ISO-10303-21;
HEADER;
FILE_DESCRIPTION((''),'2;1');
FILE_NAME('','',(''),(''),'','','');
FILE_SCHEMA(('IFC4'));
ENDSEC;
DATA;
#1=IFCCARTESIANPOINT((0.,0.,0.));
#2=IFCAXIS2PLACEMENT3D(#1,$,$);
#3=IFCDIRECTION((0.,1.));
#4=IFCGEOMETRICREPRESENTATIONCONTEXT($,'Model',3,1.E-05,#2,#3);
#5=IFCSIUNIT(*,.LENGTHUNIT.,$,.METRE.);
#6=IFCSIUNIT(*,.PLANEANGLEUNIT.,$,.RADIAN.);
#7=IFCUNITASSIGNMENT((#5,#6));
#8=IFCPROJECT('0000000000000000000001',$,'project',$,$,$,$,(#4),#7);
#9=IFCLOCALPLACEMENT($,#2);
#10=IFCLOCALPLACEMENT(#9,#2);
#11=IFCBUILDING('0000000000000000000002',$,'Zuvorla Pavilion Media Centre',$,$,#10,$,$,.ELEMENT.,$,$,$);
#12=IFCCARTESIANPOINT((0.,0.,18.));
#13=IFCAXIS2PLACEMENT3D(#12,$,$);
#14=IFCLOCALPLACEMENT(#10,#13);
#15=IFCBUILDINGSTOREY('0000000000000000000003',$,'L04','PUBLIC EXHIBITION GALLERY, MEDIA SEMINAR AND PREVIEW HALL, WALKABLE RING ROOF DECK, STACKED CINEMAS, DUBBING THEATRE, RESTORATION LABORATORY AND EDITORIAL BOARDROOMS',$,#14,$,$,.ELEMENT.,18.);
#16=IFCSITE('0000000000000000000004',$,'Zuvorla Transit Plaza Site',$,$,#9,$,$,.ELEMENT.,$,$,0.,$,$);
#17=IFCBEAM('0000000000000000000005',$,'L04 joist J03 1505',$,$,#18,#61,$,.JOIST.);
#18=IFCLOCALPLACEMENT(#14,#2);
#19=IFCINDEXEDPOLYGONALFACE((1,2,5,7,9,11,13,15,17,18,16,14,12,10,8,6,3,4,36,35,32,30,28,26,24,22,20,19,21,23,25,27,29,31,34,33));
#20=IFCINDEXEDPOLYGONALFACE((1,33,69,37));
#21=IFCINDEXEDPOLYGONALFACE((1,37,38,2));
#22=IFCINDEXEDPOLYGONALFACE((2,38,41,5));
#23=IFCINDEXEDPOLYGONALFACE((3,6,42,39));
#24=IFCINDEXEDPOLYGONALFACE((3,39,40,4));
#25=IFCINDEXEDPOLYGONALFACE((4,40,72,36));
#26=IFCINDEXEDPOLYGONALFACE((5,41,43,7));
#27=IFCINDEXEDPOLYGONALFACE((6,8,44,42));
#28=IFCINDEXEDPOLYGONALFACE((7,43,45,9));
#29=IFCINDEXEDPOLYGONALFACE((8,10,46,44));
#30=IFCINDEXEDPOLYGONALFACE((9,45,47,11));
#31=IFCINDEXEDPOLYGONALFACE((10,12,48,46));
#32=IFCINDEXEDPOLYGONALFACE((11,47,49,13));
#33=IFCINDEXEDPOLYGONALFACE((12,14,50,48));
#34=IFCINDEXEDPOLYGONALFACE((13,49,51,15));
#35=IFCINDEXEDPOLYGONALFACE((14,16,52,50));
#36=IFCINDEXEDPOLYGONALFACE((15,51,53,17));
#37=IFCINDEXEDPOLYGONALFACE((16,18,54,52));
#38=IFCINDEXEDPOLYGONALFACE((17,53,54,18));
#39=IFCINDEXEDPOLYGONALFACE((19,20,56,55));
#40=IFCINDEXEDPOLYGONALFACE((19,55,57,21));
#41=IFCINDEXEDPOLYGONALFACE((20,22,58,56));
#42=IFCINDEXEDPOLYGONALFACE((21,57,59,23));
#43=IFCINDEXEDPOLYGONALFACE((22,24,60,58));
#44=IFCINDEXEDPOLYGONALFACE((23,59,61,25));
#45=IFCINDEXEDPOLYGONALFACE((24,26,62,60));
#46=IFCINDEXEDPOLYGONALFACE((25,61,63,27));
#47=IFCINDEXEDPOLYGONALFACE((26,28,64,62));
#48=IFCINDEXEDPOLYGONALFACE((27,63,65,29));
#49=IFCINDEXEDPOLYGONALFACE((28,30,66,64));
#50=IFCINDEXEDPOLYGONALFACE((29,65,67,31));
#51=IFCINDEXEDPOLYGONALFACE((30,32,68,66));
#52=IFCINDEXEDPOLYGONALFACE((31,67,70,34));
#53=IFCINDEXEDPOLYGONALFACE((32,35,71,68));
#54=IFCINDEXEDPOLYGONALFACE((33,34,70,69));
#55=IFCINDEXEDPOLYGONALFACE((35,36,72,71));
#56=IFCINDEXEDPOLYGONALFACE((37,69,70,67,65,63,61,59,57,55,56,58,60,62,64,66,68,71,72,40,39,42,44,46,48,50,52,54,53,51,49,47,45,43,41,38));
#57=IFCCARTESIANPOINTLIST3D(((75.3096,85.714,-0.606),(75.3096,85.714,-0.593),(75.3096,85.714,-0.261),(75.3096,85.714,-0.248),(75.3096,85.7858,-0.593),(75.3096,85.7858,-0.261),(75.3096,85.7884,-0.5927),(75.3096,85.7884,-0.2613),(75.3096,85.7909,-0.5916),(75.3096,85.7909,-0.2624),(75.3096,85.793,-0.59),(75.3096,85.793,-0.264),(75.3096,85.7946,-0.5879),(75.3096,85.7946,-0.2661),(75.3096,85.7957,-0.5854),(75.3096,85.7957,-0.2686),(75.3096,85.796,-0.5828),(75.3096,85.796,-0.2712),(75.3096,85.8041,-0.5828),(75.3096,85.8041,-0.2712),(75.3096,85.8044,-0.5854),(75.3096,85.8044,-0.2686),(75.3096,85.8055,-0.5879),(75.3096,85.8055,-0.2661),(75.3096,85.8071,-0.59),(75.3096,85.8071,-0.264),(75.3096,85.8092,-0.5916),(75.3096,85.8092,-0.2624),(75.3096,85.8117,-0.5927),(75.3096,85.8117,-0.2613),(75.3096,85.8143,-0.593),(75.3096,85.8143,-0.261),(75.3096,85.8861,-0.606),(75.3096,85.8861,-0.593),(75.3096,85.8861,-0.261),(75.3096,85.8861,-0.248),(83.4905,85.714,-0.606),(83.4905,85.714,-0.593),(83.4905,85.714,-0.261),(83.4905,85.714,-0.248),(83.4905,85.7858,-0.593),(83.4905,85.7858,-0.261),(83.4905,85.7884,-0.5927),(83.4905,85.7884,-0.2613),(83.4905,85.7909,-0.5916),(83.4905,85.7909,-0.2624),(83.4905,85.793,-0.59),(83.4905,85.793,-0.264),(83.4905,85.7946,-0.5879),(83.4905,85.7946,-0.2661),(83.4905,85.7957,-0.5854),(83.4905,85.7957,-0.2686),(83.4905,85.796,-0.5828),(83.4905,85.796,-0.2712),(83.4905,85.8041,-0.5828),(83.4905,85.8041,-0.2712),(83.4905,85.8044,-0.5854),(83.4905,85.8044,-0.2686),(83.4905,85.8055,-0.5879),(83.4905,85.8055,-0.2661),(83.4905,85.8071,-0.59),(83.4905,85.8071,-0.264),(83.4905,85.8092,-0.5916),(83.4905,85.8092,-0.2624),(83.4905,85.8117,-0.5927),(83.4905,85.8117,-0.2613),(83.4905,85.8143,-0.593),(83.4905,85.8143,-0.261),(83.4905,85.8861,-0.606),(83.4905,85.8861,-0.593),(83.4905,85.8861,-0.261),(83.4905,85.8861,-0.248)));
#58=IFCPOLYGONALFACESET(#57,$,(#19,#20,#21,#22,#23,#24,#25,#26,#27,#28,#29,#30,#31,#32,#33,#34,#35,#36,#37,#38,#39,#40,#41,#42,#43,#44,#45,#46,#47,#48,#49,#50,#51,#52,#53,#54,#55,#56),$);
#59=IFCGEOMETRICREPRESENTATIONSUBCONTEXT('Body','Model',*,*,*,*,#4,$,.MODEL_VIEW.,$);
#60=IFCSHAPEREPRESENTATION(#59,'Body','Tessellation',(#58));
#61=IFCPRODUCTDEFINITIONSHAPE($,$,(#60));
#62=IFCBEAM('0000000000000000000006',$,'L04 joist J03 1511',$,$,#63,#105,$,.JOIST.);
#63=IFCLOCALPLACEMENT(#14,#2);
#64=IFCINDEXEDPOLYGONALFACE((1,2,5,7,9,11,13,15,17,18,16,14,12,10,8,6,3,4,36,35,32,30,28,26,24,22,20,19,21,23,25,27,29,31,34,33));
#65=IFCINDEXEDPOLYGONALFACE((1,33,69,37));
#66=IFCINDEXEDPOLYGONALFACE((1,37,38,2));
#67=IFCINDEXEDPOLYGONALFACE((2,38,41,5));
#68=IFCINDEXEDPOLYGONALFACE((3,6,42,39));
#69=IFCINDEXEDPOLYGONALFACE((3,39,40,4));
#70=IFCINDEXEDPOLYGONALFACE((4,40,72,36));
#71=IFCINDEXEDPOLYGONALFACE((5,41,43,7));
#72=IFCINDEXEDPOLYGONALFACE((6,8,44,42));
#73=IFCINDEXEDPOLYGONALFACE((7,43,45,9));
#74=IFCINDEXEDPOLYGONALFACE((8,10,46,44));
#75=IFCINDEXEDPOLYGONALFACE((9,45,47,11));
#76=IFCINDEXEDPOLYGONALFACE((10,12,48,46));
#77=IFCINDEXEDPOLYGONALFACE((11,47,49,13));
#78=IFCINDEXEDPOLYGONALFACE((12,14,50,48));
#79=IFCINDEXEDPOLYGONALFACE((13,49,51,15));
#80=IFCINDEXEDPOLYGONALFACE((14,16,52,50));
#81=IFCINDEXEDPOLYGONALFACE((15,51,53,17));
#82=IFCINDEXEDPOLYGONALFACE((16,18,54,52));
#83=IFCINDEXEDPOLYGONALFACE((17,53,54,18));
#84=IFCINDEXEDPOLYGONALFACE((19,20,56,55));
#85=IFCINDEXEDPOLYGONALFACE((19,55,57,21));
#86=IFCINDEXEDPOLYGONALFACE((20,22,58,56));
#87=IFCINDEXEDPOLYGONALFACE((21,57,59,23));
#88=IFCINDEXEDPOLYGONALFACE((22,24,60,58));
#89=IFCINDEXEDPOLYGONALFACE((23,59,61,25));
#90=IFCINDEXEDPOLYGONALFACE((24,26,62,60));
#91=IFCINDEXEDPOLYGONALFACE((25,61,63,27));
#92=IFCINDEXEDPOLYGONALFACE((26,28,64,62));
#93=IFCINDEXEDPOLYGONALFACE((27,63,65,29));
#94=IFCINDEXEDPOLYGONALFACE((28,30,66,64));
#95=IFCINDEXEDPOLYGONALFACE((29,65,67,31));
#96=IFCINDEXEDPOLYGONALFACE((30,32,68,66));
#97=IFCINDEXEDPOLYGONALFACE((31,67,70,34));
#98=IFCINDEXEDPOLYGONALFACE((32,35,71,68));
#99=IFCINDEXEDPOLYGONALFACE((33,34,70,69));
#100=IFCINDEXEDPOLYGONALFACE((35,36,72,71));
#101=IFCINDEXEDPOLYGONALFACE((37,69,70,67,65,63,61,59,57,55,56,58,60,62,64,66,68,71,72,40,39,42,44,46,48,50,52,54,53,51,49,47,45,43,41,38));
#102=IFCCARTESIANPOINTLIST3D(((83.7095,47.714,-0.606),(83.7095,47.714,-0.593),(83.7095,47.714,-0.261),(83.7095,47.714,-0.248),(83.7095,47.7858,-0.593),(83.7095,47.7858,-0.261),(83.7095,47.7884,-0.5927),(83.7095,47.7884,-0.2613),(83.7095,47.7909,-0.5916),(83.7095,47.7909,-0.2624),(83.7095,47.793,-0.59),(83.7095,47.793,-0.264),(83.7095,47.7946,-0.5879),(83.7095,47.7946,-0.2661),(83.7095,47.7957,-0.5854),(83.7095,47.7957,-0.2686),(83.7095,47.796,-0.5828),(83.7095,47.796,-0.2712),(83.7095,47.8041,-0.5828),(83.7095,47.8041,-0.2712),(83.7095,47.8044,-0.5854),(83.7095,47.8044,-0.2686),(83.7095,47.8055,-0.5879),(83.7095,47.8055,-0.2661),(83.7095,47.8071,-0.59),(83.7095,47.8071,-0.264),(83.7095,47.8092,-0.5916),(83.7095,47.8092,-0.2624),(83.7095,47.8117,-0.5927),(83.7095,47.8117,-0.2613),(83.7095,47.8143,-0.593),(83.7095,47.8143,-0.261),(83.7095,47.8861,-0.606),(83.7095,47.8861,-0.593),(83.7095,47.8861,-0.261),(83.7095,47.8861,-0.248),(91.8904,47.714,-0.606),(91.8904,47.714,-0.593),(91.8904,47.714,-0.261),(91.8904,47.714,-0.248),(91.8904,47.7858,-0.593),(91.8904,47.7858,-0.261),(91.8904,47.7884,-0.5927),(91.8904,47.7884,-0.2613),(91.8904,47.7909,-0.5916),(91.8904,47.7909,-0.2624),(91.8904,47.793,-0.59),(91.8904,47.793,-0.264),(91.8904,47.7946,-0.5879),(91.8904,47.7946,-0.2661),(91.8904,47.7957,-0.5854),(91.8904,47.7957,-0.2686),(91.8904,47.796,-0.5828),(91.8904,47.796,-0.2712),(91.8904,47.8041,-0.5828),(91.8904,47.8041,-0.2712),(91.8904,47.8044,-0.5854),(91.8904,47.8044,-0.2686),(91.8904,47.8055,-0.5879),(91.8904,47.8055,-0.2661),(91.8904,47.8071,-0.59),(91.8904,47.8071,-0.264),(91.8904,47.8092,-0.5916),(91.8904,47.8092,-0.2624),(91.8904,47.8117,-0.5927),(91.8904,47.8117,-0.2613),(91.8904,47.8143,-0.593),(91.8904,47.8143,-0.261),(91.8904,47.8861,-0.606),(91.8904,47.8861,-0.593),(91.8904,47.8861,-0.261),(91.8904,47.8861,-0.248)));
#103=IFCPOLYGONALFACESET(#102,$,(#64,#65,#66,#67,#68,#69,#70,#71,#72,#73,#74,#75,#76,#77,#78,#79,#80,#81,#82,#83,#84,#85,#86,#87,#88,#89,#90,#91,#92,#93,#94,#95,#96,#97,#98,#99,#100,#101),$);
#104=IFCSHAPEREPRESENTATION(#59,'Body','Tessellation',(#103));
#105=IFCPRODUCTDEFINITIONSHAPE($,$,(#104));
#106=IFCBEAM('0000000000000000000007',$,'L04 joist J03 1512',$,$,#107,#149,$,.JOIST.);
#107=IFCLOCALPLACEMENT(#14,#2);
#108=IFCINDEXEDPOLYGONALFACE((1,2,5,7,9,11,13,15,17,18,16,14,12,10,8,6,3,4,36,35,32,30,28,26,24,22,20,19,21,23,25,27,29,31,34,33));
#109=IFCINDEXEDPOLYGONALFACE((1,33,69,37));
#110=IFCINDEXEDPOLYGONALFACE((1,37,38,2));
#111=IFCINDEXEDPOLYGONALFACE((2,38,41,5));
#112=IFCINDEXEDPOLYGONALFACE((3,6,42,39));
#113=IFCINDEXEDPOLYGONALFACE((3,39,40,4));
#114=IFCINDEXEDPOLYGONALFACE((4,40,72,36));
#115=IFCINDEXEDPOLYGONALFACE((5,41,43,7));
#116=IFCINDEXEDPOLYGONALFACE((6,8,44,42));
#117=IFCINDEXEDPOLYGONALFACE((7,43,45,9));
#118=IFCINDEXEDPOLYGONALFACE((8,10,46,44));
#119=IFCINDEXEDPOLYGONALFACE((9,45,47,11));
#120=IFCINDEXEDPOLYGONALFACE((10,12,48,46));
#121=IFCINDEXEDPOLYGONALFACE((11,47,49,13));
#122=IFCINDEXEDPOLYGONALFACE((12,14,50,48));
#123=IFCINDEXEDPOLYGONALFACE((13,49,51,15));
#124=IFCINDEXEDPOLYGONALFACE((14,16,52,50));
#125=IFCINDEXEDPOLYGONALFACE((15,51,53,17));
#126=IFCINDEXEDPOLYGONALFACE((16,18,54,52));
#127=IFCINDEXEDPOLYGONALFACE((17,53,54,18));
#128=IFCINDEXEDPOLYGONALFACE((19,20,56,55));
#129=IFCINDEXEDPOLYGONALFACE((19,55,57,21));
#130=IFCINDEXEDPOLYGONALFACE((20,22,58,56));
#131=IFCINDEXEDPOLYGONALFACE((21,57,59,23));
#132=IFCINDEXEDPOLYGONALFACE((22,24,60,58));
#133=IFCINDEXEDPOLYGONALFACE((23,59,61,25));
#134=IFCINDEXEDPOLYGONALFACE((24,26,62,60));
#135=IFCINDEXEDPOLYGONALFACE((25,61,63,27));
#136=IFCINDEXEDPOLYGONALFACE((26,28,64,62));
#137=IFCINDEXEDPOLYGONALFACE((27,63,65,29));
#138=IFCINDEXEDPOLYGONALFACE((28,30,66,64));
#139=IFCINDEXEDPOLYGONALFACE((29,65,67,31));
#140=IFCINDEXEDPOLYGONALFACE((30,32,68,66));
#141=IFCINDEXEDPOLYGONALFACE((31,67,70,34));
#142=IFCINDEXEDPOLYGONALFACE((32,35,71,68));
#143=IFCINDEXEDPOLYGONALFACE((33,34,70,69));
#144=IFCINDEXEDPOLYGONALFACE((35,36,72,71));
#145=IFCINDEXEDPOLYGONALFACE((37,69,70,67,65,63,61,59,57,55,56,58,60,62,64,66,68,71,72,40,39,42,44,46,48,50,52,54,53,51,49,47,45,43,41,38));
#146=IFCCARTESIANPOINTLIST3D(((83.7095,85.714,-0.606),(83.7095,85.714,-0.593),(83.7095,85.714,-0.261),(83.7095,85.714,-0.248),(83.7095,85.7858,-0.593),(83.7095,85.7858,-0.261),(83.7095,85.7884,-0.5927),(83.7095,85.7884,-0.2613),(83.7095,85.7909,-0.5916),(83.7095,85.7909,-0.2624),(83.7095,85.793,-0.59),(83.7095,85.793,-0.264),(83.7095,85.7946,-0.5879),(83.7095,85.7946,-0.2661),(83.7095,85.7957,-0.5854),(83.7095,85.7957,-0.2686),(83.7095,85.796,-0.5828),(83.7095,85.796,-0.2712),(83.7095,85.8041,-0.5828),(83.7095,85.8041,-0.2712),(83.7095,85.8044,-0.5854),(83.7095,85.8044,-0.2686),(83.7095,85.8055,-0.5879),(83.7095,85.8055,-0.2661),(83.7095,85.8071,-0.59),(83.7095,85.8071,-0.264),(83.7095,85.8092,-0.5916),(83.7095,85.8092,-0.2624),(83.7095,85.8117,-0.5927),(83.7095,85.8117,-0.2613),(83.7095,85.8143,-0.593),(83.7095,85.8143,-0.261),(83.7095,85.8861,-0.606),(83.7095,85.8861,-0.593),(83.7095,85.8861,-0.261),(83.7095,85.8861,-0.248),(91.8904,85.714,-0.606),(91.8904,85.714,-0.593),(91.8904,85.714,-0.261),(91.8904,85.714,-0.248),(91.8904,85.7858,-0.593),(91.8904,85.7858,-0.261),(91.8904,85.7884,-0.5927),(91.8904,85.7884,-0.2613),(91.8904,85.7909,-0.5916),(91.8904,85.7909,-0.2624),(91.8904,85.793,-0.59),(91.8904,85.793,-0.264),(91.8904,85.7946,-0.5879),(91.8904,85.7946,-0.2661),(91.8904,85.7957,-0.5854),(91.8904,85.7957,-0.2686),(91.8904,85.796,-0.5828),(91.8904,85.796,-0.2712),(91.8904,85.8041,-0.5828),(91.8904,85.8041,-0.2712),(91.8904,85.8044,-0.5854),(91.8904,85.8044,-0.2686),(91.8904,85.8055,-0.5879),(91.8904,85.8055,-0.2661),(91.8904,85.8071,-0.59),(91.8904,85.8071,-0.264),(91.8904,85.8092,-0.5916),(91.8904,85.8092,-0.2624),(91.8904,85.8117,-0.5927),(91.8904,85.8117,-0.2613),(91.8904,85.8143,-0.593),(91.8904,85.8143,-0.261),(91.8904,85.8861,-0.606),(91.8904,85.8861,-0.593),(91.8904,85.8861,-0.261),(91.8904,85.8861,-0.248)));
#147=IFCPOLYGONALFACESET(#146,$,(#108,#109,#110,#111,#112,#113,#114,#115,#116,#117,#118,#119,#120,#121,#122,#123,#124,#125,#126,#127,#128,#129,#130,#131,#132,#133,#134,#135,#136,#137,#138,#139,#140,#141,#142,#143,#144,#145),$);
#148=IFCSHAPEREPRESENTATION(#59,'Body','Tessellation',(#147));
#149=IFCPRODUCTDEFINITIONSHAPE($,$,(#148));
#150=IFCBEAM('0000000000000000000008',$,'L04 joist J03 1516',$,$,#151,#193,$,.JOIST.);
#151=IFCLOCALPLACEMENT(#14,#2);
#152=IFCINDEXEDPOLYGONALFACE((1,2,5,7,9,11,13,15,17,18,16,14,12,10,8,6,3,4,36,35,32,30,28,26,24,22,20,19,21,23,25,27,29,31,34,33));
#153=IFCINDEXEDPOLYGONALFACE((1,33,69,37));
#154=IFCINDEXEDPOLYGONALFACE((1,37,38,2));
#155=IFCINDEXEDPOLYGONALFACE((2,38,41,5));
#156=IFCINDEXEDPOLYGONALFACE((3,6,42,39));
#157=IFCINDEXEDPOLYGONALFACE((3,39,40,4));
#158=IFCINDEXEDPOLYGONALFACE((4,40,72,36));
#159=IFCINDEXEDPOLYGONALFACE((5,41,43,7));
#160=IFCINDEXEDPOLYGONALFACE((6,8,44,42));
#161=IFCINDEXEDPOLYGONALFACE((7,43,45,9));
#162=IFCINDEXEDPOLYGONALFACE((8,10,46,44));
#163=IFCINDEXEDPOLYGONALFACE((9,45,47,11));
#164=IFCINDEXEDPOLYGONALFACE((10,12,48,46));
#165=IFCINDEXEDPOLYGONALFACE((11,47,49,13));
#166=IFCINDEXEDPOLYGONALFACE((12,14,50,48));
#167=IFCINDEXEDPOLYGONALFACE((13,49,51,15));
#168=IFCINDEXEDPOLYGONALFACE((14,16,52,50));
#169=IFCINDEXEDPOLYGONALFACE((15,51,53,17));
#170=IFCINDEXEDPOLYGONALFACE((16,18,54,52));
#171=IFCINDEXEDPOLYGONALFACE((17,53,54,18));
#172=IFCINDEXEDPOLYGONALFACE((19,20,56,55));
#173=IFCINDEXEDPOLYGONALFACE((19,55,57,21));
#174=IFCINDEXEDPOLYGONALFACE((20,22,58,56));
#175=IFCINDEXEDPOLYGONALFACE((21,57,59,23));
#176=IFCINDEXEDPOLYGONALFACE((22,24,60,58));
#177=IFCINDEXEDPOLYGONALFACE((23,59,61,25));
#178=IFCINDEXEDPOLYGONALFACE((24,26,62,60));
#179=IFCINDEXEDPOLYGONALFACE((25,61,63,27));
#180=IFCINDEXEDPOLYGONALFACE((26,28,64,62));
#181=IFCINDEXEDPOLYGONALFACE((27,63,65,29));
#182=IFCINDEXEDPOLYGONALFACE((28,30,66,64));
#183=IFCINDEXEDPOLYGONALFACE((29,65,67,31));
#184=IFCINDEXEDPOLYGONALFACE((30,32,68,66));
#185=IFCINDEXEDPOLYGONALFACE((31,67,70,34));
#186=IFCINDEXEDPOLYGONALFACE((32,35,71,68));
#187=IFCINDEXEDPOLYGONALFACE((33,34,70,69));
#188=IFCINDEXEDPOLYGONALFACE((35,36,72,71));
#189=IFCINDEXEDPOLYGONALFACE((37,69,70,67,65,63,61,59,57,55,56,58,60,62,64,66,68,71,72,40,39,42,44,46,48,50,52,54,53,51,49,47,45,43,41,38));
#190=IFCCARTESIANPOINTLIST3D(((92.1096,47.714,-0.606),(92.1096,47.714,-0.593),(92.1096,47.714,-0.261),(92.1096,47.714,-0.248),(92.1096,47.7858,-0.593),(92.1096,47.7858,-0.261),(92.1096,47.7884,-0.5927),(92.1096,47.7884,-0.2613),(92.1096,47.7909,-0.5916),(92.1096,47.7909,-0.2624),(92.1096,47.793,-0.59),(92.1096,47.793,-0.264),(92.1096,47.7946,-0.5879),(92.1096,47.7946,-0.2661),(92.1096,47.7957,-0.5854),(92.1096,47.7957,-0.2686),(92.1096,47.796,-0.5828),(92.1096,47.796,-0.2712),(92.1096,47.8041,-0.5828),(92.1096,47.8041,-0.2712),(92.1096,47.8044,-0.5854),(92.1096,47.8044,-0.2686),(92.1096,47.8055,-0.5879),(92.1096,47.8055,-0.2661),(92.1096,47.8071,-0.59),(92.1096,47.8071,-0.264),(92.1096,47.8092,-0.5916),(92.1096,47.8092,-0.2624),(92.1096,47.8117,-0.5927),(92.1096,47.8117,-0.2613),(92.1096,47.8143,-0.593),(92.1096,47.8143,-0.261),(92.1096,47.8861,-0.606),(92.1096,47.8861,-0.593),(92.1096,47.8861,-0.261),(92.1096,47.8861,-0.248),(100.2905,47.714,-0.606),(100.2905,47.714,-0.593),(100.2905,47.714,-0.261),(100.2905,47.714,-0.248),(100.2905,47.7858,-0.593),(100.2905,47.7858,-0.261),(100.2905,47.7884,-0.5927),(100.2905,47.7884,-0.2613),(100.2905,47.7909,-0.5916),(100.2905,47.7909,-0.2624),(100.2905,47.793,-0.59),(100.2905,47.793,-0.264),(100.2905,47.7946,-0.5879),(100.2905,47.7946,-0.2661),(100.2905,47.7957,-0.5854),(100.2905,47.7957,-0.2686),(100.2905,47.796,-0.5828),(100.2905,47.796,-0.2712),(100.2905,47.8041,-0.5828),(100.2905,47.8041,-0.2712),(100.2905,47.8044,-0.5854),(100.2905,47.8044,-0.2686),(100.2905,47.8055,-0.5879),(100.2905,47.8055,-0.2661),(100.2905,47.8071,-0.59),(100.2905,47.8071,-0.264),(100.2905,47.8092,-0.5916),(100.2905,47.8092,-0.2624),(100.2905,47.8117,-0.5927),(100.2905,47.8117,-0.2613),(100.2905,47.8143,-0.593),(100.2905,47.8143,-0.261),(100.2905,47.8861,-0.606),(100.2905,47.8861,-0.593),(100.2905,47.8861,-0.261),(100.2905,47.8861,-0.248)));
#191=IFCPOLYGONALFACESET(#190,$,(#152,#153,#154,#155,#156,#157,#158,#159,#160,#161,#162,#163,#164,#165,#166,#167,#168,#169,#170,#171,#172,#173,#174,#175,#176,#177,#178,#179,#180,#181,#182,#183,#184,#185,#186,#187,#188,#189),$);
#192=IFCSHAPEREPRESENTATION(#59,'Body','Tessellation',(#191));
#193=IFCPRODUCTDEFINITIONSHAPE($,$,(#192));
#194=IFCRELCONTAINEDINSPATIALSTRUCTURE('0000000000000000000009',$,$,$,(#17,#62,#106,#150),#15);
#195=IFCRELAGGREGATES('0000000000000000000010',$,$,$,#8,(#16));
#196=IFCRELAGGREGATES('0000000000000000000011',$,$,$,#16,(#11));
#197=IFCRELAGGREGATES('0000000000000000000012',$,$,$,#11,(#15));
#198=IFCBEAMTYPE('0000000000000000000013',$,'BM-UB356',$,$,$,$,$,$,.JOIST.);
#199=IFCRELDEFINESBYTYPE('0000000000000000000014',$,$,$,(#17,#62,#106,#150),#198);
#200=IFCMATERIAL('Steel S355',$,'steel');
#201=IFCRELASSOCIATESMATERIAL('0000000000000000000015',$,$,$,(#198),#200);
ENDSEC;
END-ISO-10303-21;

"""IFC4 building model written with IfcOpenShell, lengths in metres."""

from ifc_helpers import new_model, si_unit, direction, frame, origin, origin_2d, place, context, subcontext, project, spatial, i_section, extrude, material, material_profile, profile_set, type_object, element, save


model = new_model("IFC4")

# Units and contexts
model_context = context("Model", 3, precision=1e-05, world=origin(), true_north=direction((0.0, 1.0)))
body_context = subcontext(model_context, "Body", "Model", "MODEL_VIEW")
ifc_project = project(units=[si_unit("LENGTHUNIT", "METRE"), si_unit("PLANEANGLEUNIT", "RADIAN")], contexts=[model_context])

# Site, building, storey
site_placement = place(None, origin())
site = spatial("IfcSite", under=ifc_project, at=site_placement, Name="Zuvorla Transit Plaza Site", CompositionType="ELEMENT", RefElevation=0.0)
building_placement = place(site_placement, origin())
building = spatial("IfcBuilding", under=site, at=building_placement, Name="Zuvorla Pavilion Media Centre", CompositionType="ELEMENT")
storey_placement = place(building_placement, frame((0.0, 0.0, 18.0)))
storey = spatial("IfcBuildingStorey", under=building, at=storey_placement, Name="L04", Description="PUBLIC EXHIBITION GALLERY, MEDIA SEMINAR AND PREVIEW HALL, WALKABLE RING ROOF DECK, STACKED CINEMAS, DUBBING THEATRE, RESTORATION LABORATORY AND EDITORIAL BOARDROOMS", CompositionType="ELEMENT", Elevation=18.0)

# Beams
ifc_material = material(Name="Steel S355", Category="steel")
ifc_material_profile_1 = material_profile(ifc_material, i_section(OverallWidth=0.1721, OverallDepth=0.3579, WebThickness=0.0081, FlangeThickness=0.0129, FilletRadius=0.0103, at=origin_2d()), Name="UB 356x171x57")
ifc_profile_set_1 = profile_set([ifc_material_profile_1], Name="Steel S355")
beam_type_1 = type_object("IfcBeamType", Name="BM-UB356", PredefinedType="JOIST", material=ifc_profile_set_1)
for number, where, z_axis, x_axis, name in (
    (1, (75.3096, 85.8, -0.427), (1.0, 0.0, 0.0), (0.0, 1.0, 0.0), "L04 joist J03 1505"),
    (2, (83.7095, 47.8, -0.427), (1.0, 0.0, 0.0), (0.0, 1.0, 0.0), "L04 joist J03 1511"),
    (3, (83.7095, 85.8, -0.427), (1.0, 0.0, 0.0), (0.0, 1.0, 0.0), "L04 joist J03 1512"),
    (4, (92.1096, 47.8, -0.427), (1.0, 0.0, 0.0), (0.0, 1.0, 0.0), "L04 joist J03 1516"),
):
    element("IfcBeam", number, at=place(storey_placement, frame(where, z_axis=z_axis, x_axis=x_axis)), inside=storey, type_object=beam_type_1, Name=name, PredefinedType="JOIST", context=body_context, shape_type="SweptSolid", body=[
        extrude(i_section(OverallWidth=0.1721, OverallDepth=0.3579, WebThickness=0.0081, FlangeThickness=0.0129, FilletRadius=0.0103, at=origin_2d()), origin(), (0.0, 0.0, 1.0), 8.1809),
    ])

save(model, "model.ifc")
